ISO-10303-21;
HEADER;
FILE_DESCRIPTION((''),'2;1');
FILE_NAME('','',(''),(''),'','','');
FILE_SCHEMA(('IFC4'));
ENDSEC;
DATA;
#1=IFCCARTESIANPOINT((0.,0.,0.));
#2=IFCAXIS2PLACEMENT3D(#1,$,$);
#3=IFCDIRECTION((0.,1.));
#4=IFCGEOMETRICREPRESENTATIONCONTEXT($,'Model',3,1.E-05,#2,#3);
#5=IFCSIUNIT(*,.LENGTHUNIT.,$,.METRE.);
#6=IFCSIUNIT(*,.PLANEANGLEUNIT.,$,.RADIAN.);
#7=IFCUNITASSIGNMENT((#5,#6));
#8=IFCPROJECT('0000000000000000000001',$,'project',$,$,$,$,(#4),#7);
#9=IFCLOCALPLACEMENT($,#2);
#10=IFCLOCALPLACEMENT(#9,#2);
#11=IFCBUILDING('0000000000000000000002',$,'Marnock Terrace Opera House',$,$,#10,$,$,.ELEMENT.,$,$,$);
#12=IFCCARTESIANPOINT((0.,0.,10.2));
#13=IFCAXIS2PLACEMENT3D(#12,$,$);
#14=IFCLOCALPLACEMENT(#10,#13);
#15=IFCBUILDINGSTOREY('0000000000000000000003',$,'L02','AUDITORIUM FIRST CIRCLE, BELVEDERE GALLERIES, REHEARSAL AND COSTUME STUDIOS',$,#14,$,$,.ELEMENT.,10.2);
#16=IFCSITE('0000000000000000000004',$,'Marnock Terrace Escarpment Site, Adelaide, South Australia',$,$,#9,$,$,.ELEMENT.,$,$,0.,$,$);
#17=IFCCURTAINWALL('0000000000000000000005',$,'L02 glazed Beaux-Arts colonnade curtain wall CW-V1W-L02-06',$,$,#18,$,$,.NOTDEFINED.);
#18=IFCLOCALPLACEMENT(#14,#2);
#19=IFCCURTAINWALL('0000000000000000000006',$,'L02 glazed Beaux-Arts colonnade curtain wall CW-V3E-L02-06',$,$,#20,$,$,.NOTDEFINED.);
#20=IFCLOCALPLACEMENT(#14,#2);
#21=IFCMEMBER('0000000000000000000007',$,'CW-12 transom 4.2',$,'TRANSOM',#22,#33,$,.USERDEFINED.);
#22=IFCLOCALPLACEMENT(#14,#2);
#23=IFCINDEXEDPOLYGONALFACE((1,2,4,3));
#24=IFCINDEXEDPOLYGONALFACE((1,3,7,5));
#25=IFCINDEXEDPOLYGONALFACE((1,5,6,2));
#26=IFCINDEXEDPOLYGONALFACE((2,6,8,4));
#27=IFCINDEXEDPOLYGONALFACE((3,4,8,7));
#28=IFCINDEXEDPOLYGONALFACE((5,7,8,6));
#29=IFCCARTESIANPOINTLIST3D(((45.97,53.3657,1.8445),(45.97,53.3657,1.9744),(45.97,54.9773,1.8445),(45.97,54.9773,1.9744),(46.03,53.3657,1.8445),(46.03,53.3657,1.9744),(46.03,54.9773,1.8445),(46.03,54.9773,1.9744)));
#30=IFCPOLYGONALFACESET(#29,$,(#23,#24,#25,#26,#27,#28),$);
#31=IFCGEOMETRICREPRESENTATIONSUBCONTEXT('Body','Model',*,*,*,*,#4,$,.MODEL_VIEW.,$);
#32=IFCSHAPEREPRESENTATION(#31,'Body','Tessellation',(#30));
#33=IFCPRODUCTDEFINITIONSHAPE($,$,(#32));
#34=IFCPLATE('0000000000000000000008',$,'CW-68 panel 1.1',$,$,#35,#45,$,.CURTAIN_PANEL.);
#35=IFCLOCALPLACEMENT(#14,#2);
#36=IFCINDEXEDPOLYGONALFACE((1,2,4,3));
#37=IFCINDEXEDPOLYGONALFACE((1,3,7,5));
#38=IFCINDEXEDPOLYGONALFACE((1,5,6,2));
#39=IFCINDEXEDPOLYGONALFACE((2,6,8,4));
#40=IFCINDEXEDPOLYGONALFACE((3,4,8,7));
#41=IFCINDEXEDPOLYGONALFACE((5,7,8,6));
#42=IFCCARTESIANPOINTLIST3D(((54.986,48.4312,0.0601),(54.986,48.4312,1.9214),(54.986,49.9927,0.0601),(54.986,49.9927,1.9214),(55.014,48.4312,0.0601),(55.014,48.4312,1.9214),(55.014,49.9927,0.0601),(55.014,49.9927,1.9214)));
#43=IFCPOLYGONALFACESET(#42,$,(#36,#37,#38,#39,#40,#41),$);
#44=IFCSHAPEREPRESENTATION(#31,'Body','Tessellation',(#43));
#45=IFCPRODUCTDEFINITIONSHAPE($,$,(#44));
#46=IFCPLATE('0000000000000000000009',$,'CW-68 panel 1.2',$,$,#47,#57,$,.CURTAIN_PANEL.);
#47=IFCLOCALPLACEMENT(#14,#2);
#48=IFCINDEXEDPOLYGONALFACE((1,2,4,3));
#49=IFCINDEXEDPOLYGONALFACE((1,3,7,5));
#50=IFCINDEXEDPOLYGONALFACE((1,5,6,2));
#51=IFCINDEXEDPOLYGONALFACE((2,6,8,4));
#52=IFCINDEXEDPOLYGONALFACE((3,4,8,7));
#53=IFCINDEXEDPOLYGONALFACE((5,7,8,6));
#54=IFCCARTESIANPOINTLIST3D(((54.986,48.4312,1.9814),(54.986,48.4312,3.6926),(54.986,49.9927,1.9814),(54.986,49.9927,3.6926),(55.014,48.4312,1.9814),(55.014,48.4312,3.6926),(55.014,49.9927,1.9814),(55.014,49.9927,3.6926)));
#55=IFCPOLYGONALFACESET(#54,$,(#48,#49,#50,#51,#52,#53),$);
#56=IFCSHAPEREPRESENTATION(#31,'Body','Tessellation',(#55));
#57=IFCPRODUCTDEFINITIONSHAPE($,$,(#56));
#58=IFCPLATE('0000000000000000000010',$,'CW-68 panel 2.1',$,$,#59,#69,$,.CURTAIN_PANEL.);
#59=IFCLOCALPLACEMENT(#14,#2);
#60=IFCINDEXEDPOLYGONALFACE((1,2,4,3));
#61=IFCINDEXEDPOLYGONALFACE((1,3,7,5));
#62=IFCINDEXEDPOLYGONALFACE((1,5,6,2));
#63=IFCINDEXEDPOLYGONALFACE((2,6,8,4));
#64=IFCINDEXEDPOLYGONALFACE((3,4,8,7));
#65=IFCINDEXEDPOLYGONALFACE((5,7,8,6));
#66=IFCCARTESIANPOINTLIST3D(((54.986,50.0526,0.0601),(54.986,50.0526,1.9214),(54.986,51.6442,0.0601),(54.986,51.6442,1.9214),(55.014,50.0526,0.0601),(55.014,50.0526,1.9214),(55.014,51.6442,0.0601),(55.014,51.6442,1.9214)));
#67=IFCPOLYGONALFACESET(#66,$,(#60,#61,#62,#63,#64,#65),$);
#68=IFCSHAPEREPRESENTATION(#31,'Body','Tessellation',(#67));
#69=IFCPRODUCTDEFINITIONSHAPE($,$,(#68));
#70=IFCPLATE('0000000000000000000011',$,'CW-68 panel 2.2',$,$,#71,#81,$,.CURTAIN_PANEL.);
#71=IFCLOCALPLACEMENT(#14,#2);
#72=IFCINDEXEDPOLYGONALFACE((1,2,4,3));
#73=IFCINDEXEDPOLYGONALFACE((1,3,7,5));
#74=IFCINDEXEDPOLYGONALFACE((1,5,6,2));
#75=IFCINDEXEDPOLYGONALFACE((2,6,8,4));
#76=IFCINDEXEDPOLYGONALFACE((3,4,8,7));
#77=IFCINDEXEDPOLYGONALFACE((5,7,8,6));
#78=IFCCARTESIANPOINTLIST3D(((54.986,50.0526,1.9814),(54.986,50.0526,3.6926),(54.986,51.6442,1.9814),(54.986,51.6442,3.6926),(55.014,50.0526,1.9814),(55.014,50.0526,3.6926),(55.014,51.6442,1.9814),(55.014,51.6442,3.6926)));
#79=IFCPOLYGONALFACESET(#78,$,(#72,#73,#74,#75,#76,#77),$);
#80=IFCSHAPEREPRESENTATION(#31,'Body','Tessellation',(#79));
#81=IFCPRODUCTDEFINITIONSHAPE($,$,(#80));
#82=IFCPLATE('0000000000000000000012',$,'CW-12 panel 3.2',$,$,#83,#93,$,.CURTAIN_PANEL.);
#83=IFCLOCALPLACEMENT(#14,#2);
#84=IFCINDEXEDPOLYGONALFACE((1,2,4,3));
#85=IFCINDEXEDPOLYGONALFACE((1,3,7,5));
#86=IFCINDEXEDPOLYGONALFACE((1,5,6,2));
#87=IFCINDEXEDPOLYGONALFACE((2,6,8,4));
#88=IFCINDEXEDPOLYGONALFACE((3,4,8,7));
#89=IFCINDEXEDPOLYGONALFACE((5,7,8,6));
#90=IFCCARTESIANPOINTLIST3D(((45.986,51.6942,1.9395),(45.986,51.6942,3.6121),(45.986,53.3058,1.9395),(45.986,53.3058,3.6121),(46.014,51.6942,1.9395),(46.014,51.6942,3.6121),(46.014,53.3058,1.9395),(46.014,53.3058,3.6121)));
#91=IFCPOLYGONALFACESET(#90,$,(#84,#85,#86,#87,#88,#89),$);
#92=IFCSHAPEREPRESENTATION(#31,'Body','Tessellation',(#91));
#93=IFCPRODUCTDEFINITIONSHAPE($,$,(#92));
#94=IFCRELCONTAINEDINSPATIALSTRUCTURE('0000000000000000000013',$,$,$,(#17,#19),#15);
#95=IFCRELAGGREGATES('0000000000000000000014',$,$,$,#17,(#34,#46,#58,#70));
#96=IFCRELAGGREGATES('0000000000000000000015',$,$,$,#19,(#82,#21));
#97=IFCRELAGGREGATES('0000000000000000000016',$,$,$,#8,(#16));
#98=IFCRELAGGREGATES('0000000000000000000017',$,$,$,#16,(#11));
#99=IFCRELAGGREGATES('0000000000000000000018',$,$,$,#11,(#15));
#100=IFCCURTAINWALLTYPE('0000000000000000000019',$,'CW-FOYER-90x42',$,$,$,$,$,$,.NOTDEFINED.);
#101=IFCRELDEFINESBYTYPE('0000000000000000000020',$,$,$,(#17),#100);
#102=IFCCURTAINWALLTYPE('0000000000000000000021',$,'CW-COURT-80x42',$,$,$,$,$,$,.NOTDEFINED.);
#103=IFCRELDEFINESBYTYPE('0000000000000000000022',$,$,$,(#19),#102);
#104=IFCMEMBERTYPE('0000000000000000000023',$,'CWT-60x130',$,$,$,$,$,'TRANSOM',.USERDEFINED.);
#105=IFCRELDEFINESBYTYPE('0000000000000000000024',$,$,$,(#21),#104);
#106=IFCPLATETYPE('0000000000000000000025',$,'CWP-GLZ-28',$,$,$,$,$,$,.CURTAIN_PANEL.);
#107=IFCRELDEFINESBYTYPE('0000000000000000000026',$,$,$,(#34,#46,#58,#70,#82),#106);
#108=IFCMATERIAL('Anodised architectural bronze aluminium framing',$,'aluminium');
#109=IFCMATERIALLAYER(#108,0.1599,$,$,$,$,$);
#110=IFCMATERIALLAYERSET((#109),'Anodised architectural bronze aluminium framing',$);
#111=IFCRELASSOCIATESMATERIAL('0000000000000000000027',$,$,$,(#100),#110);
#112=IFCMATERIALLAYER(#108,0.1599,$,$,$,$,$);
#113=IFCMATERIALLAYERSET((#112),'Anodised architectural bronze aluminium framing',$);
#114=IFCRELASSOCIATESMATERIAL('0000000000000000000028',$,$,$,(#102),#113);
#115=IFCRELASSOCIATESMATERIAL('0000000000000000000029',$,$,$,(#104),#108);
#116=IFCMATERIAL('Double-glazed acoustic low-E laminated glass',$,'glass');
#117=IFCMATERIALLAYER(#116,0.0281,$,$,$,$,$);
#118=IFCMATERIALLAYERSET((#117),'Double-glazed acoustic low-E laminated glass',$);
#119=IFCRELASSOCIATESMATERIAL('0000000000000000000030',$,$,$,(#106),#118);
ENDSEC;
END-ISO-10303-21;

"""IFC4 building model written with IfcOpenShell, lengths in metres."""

from ifc_helpers import new_model, si_unit, direction, frame, origin, origin_2d, place, context, subcontext, project, spatial, rectangle, extrude, material, layer, layer_set, material_profile, profile_set, type_object, element, aggregate, save


model = new_model("IFC4")

# Units and contexts
model_context = context("Model", 3, precision=1e-05, world=origin(), true_north=direction((0.0, 1.0)))
body_context = subcontext(model_context, "Body", "Model", "MODEL_VIEW")
ifc_project = project(units=[si_unit("LENGTHUNIT", "METRE"), si_unit("PLANEANGLEUNIT", "RADIAN")], contexts=[model_context])

# Site, building, storey
site_placement = place(None, origin())
site = spatial("IfcSite", under=ifc_project, at=site_placement, Name="Marnock Terrace Escarpment Site, Adelaide, South Australia", CompositionType="ELEMENT", RefElevation=0.0)
building_placement = place(site_placement, origin())
building = spatial("IfcBuilding", under=site, at=building_placement, Name="Marnock Terrace Opera House", CompositionType="ELEMENT")
storey_placement = place(building_placement, frame((0.0, 0.0, 10.2)))
storey = spatial("IfcBuildingStorey", under=building, at=storey_placement, Name="L02", Description="AUDITORIUM FIRST CIRCLE, BELVEDERE GALLERIES, REHEARSAL AND COSTUME STUDIOS", CompositionType="ELEMENT", Elevation=10.2)

# Curtain wall
ifc_material_1 = material(Name="Anodised architectural bronze aluminium framing", Category="aluminium")
ifc_layer_1 = layer(ifc_material_1, 0.1599)
ifc_layer_set_1 = layer_set([ifc_layer_1], Name="Anodised architectural bronze aluminium framing")
curtain_wall_type_1 = type_object("IfcCurtainWallType", Name="CW-FOYER-90x42", PredefinedType="NOTDEFINED", material=ifc_layer_set_1)
curtain_wall_1_placement = place(storey_placement, origin())
curtain_wall_1 = element("IfcCurtainWall", 1, at=curtain_wall_1_placement, inside=storey, type_object=curtain_wall_type_1, Name="L02 glazed Beaux-Arts colonnade curtain wall CW-V1W-L02-06", PredefinedType="NOTDEFINED")

# Curtain wall
ifc_layer_2 = layer(ifc_material_1, 0.1599)
ifc_layer_set_2 = layer_set([ifc_layer_2], Name="Anodised architectural bronze aluminium framing")
curtain_wall_type_2 = type_object("IfcCurtainWallType", Name="CW-COURT-80x42", PredefinedType="NOTDEFINED", material=ifc_layer_set_2)
curtain_wall_2_placement = place(storey_placement, origin())
curtain_wall_2 = element("IfcCurtainWall", 2, at=curtain_wall_2_placement, inside=storey, type_object=curtain_wall_type_2, Name="L02 glazed Beaux-Arts colonnade curtain wall CW-V3E-L02-06", PredefinedType="NOTDEFINED")

# Member
ifc_material_profile_1 = material_profile(ifc_material_1, rectangle(XDim=0.0601, YDim=0.1299, at=origin_2d()))
ifc_profile_set_1 = profile_set([ifc_material_profile_1], Name="Anodised architectural bronze aluminium framing")
member_type_1 = type_object("IfcMemberType", Name="CWT-60x130", ElementType="TRANSOM", PredefinedType="USERDEFINED", material=ifc_profile_set_1)
member_1_placement = place(storey_placement, frame((46.0, 53.3657, 1.9094), z_axis=(0.0, 1.0, 0.0), x_axis=(-1.0, 0.0, 0.0)))
member_1 = element("IfcMember", 3, at=member_1_placement, type_object=member_type_1, Name="CW-12 transom 4.2", ObjectType="TRANSOM", PredefinedType="USERDEFINED", context=body_context, shape_type="SweptSolid", body=[
    extrude(rectangle(XDim=0.0601, YDim=0.1299, at=origin_2d()), origin(), (0.0, 0.0, 1.0), 1.6116),
])

# Plates
ifc_material_2 = material(Name="Double-glazed acoustic low-E laminated glass", Category="glass")
ifc_layer_3 = layer(ifc_material_2, 0.0281)
ifc_layer_set_3 = layer_set([ifc_layer_3], Name="Double-glazed acoustic low-E laminated glass")
plate_type = type_object("IfcPlateType", Name="CWP-GLZ-28", PredefinedType="CURTAIN_PANEL", material=ifc_layer_set_3)
plate_1_placement = place(storey_placement, frame((55.0, 49.2119, 0.0601), z_axis=(0.0, 0.0, 1.0), x_axis=(0.0, 1.0, 0.0)))
plate_1 = element("IfcPlate", 4, at=plate_1_placement, type_object=plate_type, Name="CW-68 panel 1.1", PredefinedType="CURTAIN_PANEL", context=body_context, shape_type="SweptSolid", body=[
    extrude(rectangle(XDim=1.5615, YDim=0.0281, at=origin_2d()), origin(), (0.0, 0.0, 1.0), 1.8613),
])
plate_2_placement = place(storey_placement, frame((55.0, 49.2119, 1.9814), z_axis=(0.0, 0.0, 1.0), x_axis=(0.0, 1.0, 0.0)))
plate_2 = element("IfcPlate", 5, at=plate_2_placement, type_object=plate_type, Name="CW-68 panel 1.2", PredefinedType="CURTAIN_PANEL", context=body_context, shape_type="SweptSolid", body=[
    extrude(rectangle(XDim=1.5615, YDim=0.0281, at=origin_2d()), origin(), (0.0, 0.0, 1.0), 1.7112),
])
plate_3_placement = place(storey_placement, frame((55.0, 50.8484, 0.0601), z_axis=(0.0, 0.0, 1.0), x_axis=(0.0, 1.0, 0.0)))
plate_3 = element("IfcPlate", 6, at=plate_3_placement, type_object=plate_type, Name="CW-68 panel 2.1", PredefinedType="CURTAIN_PANEL", context=body_context, shape_type="SweptSolid", body=[
    extrude(rectangle(XDim=1.5916, YDim=0.0281, at=origin_2d()), origin(), (0.0, 0.0, 1.0), 1.8613),
])
plate_4_placement = place(storey_placement, frame((55.0, 50.8484, 1.9814), z_axis=(0.0, 0.0, 1.0), x_axis=(0.0, 1.0, 0.0)))
plate_4 = element("IfcPlate", 7, at=plate_4_placement, type_object=plate_type, Name="CW-68 panel 2.2", PredefinedType="CURTAIN_PANEL", context=body_context, shape_type="SweptSolid", body=[
    extrude(rectangle(XDim=1.5916, YDim=0.0281, at=origin_2d()), origin(), (0.0, 0.0, 1.0), 1.7112),
])
aggregate(curtain_wall_1, [plate_1, plate_2, plate_3, plate_4])
plate_5_placement = place(storey_placement, frame((46.0, 52.5, 1.9395), z_axis=(0.0, 0.0, 1.0), x_axis=(0.0, 1.0, 0.0)))
plate_5 = element("IfcPlate", 8, at=plate_5_placement, type_object=plate_type, Name="CW-12 panel 3.2", PredefinedType="CURTAIN_PANEL", context=body_context, shape_type="SweptSolid", body=[
    extrude(rectangle(XDim=1.6116, YDim=0.0281, at=origin_2d()), origin(), (0.0, 0.0, 1.0), 1.6726),
])
aggregate(curtain_wall_2, [plate_5, member_1])

save(model, "model.ifc")
